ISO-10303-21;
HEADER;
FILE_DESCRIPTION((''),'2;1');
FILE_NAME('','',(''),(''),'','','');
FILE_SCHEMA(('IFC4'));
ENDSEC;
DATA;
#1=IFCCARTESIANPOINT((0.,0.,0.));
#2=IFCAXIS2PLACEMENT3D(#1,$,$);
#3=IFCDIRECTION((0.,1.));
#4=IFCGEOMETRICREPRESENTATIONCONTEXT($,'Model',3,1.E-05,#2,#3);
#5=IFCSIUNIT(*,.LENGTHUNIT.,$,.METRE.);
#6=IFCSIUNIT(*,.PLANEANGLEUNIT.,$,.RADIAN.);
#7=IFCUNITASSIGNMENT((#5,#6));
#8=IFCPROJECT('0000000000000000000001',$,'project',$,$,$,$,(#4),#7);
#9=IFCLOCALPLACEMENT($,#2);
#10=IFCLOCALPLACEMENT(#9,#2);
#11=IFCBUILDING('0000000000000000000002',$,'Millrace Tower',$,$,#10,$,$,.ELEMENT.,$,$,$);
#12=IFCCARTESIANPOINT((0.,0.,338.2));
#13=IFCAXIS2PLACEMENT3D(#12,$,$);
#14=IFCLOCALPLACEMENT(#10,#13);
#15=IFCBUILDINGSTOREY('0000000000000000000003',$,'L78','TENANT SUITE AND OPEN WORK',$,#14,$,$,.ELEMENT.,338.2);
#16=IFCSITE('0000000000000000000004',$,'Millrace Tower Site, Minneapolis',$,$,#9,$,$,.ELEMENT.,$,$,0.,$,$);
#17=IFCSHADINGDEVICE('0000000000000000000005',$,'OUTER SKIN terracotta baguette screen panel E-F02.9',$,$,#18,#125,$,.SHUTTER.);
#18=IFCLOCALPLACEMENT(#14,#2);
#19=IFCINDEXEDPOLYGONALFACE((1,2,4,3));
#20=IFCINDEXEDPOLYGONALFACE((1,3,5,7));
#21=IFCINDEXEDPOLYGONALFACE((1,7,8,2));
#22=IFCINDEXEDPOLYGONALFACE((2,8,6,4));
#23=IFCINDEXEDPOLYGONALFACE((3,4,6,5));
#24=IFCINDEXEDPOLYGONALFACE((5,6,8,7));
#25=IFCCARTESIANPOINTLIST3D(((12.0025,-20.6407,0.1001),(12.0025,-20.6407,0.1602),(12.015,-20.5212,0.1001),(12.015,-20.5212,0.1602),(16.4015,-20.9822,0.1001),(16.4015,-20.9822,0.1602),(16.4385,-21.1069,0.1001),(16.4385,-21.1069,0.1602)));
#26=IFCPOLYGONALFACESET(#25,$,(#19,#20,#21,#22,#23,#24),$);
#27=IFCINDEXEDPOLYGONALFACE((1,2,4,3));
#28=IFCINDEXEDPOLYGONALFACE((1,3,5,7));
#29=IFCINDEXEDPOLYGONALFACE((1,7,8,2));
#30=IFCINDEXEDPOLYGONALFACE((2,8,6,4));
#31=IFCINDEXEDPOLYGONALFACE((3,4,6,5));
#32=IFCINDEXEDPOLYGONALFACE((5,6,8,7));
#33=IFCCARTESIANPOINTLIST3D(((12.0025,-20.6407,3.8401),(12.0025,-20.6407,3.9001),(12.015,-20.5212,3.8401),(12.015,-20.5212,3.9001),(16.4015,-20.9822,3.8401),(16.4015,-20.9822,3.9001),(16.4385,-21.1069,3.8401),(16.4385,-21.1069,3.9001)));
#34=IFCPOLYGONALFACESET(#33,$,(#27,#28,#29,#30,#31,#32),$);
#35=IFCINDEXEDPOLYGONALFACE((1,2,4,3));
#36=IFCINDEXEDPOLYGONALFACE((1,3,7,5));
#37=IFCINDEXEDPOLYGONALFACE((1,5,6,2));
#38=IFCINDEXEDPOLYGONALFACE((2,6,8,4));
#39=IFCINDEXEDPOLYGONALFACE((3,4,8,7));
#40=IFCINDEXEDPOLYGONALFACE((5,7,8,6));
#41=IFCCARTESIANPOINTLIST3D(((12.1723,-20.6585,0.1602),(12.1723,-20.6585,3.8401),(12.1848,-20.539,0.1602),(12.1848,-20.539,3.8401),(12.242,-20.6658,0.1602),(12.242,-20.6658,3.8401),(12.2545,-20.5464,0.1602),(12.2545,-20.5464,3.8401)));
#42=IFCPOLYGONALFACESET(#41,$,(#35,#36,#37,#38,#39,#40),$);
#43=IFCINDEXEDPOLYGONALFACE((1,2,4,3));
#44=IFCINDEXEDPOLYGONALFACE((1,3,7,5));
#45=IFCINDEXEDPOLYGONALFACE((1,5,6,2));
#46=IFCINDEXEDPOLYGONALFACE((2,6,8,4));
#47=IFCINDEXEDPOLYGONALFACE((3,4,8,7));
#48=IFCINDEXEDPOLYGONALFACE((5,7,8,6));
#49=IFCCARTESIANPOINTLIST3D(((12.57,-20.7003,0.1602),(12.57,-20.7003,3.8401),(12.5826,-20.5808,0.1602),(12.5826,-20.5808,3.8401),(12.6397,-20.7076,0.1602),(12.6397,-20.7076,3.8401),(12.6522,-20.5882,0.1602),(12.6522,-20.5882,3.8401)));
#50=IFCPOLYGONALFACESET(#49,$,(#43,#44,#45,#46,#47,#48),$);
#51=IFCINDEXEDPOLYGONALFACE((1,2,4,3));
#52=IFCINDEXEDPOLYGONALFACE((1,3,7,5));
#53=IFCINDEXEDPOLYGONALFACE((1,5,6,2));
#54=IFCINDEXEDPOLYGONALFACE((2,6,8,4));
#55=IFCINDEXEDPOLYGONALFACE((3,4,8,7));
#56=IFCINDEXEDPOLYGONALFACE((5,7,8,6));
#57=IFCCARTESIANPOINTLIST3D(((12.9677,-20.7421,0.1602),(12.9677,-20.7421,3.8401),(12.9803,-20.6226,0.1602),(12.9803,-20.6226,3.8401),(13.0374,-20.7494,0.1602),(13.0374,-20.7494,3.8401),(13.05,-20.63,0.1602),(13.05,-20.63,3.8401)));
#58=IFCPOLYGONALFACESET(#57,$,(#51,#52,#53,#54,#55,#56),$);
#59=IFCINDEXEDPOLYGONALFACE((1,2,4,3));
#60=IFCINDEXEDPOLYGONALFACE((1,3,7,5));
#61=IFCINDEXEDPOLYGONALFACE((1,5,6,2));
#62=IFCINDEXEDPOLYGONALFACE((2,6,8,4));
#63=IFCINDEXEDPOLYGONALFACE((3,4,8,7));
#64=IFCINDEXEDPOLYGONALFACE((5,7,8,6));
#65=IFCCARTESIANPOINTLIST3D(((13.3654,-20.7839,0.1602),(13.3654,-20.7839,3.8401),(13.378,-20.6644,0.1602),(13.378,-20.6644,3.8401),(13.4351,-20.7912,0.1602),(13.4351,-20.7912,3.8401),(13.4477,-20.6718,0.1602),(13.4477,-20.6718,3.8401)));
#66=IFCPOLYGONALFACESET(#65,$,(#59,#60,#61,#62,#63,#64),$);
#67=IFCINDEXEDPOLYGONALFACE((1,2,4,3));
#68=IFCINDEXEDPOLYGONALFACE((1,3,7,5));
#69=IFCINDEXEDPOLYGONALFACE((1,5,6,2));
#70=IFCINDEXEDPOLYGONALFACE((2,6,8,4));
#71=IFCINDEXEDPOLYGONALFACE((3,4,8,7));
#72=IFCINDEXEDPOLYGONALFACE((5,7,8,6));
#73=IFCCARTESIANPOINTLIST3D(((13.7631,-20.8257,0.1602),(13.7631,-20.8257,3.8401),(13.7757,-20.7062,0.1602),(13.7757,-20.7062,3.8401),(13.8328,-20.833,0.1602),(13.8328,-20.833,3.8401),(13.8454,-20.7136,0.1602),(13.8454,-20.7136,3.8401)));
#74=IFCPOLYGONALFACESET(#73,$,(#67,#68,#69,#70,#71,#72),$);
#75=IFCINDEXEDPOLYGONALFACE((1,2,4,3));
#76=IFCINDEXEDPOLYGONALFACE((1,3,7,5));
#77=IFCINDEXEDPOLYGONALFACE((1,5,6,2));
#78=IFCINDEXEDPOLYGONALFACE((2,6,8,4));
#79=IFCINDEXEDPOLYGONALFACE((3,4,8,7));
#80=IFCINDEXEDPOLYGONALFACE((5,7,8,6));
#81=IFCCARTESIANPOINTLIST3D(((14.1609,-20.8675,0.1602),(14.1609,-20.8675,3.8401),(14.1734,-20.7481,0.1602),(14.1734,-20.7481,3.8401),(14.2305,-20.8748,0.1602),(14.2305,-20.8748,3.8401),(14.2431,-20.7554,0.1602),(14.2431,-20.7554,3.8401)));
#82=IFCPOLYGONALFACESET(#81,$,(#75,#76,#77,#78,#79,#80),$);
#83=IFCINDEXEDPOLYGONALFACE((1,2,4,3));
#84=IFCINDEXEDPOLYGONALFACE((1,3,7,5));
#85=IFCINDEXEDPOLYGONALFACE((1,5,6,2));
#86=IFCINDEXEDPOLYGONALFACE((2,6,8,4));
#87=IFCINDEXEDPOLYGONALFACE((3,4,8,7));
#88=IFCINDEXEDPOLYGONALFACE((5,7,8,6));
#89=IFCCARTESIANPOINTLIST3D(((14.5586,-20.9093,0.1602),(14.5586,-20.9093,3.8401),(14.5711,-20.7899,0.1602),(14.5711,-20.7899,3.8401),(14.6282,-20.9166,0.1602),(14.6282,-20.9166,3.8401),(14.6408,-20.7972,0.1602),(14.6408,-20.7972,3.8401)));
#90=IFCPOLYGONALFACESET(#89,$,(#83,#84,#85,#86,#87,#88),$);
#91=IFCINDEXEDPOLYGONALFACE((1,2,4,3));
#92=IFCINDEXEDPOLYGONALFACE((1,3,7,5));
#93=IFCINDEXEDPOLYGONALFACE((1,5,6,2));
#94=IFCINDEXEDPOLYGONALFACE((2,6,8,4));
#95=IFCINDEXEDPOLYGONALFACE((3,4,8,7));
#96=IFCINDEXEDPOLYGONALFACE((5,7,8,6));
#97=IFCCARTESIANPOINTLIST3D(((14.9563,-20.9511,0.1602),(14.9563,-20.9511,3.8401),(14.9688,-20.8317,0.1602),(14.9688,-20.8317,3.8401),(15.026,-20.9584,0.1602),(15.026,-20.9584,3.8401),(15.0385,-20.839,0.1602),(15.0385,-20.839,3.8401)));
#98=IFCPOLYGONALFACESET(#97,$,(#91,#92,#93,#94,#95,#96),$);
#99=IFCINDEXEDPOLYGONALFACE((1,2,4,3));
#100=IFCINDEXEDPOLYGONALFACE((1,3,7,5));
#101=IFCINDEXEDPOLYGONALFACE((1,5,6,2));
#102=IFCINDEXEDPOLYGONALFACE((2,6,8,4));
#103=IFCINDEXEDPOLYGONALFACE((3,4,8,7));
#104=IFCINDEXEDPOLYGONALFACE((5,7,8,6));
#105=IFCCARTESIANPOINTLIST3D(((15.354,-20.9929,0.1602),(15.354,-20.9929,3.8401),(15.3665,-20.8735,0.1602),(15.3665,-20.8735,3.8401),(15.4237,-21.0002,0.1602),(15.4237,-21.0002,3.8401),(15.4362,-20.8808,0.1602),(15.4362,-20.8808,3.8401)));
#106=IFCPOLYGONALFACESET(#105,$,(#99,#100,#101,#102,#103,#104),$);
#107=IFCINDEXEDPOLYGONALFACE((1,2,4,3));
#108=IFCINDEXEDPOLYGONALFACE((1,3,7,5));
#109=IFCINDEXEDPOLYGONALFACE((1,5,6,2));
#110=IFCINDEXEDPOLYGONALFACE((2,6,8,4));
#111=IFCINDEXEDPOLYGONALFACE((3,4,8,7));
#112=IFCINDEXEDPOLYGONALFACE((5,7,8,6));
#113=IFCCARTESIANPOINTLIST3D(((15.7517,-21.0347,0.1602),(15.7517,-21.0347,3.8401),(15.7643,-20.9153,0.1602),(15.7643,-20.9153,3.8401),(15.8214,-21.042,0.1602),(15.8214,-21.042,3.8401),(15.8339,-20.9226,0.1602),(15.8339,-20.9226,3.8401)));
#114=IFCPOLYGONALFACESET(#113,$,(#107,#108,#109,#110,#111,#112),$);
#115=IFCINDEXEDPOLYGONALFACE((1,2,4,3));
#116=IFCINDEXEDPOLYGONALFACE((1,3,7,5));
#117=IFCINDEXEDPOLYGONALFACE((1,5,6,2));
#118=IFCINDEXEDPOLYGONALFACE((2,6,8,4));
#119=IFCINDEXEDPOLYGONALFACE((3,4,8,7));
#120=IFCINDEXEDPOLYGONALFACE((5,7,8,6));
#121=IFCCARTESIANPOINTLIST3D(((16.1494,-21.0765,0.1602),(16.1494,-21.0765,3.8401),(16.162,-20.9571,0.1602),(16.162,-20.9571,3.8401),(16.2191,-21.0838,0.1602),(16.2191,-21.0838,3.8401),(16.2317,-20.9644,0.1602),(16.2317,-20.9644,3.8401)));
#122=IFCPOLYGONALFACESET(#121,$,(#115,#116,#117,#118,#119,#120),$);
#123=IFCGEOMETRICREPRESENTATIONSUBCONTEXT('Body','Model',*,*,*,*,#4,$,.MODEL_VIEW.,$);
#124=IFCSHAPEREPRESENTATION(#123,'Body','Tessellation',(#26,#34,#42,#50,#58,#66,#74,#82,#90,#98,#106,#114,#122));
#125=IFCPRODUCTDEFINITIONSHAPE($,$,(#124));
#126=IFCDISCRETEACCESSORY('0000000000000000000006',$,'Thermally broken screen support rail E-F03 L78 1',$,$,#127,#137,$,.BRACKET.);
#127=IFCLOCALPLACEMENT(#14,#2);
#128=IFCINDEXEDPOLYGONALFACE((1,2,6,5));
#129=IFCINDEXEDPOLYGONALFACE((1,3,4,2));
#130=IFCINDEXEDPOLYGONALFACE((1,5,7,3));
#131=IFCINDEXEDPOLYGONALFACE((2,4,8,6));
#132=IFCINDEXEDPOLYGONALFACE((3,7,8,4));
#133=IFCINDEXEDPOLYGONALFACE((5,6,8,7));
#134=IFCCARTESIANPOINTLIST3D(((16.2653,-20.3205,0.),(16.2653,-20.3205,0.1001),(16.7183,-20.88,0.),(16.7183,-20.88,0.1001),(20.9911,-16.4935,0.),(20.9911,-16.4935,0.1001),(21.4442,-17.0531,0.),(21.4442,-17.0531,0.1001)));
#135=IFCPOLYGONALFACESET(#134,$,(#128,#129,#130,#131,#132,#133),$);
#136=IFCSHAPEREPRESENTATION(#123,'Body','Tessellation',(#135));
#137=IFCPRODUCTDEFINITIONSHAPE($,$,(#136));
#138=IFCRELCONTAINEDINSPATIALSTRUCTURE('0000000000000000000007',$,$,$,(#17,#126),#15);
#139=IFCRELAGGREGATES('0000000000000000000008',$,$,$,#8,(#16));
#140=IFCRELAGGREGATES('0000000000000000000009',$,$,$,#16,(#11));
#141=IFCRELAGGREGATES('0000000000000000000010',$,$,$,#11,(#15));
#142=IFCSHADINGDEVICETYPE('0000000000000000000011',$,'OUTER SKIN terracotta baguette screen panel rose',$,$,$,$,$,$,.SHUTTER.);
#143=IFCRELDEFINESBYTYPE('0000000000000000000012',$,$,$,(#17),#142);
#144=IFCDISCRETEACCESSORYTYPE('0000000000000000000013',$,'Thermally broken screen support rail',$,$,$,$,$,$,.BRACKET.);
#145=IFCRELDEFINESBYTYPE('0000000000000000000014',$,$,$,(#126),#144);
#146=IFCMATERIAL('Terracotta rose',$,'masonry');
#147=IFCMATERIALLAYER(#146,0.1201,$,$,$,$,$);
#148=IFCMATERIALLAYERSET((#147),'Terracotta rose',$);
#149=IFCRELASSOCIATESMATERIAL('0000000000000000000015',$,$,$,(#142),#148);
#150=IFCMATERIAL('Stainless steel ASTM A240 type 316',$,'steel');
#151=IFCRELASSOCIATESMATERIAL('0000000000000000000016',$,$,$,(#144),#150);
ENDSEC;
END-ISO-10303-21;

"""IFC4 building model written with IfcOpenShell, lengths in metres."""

from ifc_helpers import new_model, entity, si_unit, direction, frame, frame_2d, origin, origin_2d, place, context, subcontext, project, spatial, rectangle, extrude, source, transform, mapped, material, layer, layer_set, type_object, element, save


model = new_model("IFC4")

# Units and contexts
model_context = context("Model", 3, precision=1e-05, world=origin(), true_north=direction((0.0, 1.0)))
body_context = subcontext(model_context, "Body", "Model", "MODEL_VIEW")
ifc_project = project(units=[si_unit("LENGTHUNIT", "METRE"), si_unit("PLANEANGLEUNIT", "RADIAN")], contexts=[model_context])

# Site, building, storey
site_placement = place(None, origin())
site = spatial("IfcSite", under=ifc_project, at=site_placement, Name="Millrace Tower Site, Minneapolis", CompositionType="ELEMENT", RefElevation=0.0)
building_placement = place(site_placement, origin())
building = spatial("IfcBuilding", under=site, at=building_placement, Name="Millrace Tower", CompositionType="ELEMENT")
storey_placement = place(building_placement, frame((0.0, 0.0, 338.2)))
storey = spatial("IfcBuildingStorey", under=building, at=storey_placement, Name="L78", Description="TENANT SUITE AND OPEN WORK", CompositionType="ELEMENT", Elevation=338.2)

# Shading device
ifc_material_1 = material(Name="Terracotta rose", Category="masonry")
ifc_layer_1 = layer(ifc_material_1, 0.1201)
ifc_layer_set_1 = layer_set([ifc_layer_1], Name="Terracotta rose")
shading_device_type = type_object("IfcShadingDeviceType", Name="OUTER SKIN terracotta baguette screen panel rose", PredefinedType="SHUTTER", material=ifc_layer_set_1)
cartesian_point_1 = entity("IfcCartesianPoint", [-2.2178, 0.0601])
shared_polyline_1 = entity("IfcPolyline", [cartesian_point_1, entity("IfcCartesianPoint", [2.1929, 0.0601]), entity("IfcCartesianPoint", [2.2427, -0.0601]), entity("IfcCartesianPoint", [-2.2178, -0.0601]), cartesian_point_1])
shared_shape_1 = source(origin(), body_context, "Body", "SweptSolid", [
    entity("IfcExtrudedAreaSolid", entity("IfcArbitraryClosedProfileDef", "AREA", None, shared_polyline_1), entity("IfcAxis2Placement3D", entity("IfcCartesianPoint", [0.0, 0.0, 0.0])), entity("IfcDirection", [0.0, 0.0, 1.0]), 0.0601),
    entity("IfcExtrudedAreaSolid", entity("IfcArbitraryClosedProfileDef", "AREA", None, shared_polyline_1), entity("IfcAxis2Placement3D", entity("IfcCartesianPoint", [0.0, 0.0, 3.74])), entity("IfcDirection", [0.0, 0.0, 1.0]), 0.0601),
    extrude(rectangle(XDim=0.0701, YDim=0.1201, at=frame_2d((-2.012, 0.0))), frame((0.0, 0.0, 0.0601)), (0.0, 0.0, 1.0), 3.6799),
    extrude(rectangle(XDim=0.0701, YDim=0.1201, at=frame_2d((-1.6121, 0.0))), frame((0.0, 0.0, 0.0601)), (0.0, 0.0, 1.0), 3.6799),
    extrude(rectangle(XDim=0.0701, YDim=0.1201, at=frame_2d((-1.2122, 0.0))), frame((0.0, 0.0, 0.0601)), (0.0, 0.0, 1.0), 3.6799),
    extrude(rectangle(XDim=0.0701, YDim=0.1201, at=frame_2d((-0.8123, 0.0))), frame((0.0, 0.0, 0.0601)), (0.0, 0.0, 1.0), 3.6799),
    extrude(rectangle(XDim=0.0701, YDim=0.1201, at=frame_2d((-0.4124, 0.0))), frame((0.0, 0.0, 0.0601)), (0.0, 0.0, 1.0), 3.6799),
    extrude(rectangle(XDim=0.0701, YDim=0.1201, at=frame_2d((-0.0125, 0.0))), frame((0.0, 0.0, 0.0601)), (0.0, 0.0, 1.0), 3.6799),
    extrude(rectangle(XDim=0.0701, YDim=0.1201, at=frame_2d((0.3875, 0.0))), frame((0.0, 0.0, 0.0601)), (0.0, 0.0, 1.0), 3.6799),
    extrude(rectangle(XDim=0.0701, YDim=0.1201, at=frame_2d((0.7874, 0.0))), frame((0.0, 0.0, 0.0601)), (0.0, 0.0, 1.0), 3.6799),
    extrude(rectangle(XDim=0.0701, YDim=0.1201, at=frame_2d((1.1873, 0.0))), frame((0.0, 0.0, 0.0601)), (0.0, 0.0, 1.0), 3.6799),
    extrude(rectangle(XDim=0.0701, YDim=0.1201, at=frame_2d((1.5872, 0.0))), frame((0.0, 0.0, 0.0601)), (0.0, 0.0, 1.0), 3.6799),
    extrude(rectangle(XDim=0.0701, YDim=0.1201, at=frame_2d((1.9871, 0.0))), frame((0.0, 0.0, 0.0601)), (0.0, 0.0, 1.0), 3.6799),
])
shading_device_1_placement = place(storey_placement, frame((14.2144, -20.8127, 0.1001), z_axis=(0.0, 0.0, 1.0), x_axis=(0.994522, -0.104528, 0.0)))
element("IfcShadingDevice", 1, at=shading_device_1_placement, inside=storey, type_object=shading_device_type, Name="OUTER SKIN terracotta baguette screen panel E-F02.9", PredefinedType="SHUTTER", context=body_context, shape_type="MappedRepresentation", body=[
    mapped(shared_shape_1, transform((0.0, 0.0, 0.0), scale=1.0)),
])

# Discrete accessory
ifc_material_2 = material(Name="Stainless steel ASTM A240 type 316", Category="steel")
discrete_accessory_type = type_object("IfcDiscreteAccessoryType", Name="Thermally broken screen support rail", PredefinedType="BRACKET", material=ifc_material_2)
discrete_accessory_placement = place(storey_placement, frame((18.8547, -18.6868, 0.0), z_axis=(0.0, 0.0, 1.0), x_axis=(0.777146, 0.62932, 0.0)))
element("IfcDiscreteAccessory", 2, at=discrete_accessory_placement, inside=storey, type_object=discrete_accessory_type, Name="Thermally broken screen support rail E-F03 L78 1", PredefinedType="BRACKET", context=body_context, shape_type="SweptSolid", body=[
    extrude(rectangle(XDim=6.0811, YDim=0.72, at=origin_2d()), origin(), (0.0, 0.0, 1.0), 0.1001),
])

save(model, "model.ifc")
